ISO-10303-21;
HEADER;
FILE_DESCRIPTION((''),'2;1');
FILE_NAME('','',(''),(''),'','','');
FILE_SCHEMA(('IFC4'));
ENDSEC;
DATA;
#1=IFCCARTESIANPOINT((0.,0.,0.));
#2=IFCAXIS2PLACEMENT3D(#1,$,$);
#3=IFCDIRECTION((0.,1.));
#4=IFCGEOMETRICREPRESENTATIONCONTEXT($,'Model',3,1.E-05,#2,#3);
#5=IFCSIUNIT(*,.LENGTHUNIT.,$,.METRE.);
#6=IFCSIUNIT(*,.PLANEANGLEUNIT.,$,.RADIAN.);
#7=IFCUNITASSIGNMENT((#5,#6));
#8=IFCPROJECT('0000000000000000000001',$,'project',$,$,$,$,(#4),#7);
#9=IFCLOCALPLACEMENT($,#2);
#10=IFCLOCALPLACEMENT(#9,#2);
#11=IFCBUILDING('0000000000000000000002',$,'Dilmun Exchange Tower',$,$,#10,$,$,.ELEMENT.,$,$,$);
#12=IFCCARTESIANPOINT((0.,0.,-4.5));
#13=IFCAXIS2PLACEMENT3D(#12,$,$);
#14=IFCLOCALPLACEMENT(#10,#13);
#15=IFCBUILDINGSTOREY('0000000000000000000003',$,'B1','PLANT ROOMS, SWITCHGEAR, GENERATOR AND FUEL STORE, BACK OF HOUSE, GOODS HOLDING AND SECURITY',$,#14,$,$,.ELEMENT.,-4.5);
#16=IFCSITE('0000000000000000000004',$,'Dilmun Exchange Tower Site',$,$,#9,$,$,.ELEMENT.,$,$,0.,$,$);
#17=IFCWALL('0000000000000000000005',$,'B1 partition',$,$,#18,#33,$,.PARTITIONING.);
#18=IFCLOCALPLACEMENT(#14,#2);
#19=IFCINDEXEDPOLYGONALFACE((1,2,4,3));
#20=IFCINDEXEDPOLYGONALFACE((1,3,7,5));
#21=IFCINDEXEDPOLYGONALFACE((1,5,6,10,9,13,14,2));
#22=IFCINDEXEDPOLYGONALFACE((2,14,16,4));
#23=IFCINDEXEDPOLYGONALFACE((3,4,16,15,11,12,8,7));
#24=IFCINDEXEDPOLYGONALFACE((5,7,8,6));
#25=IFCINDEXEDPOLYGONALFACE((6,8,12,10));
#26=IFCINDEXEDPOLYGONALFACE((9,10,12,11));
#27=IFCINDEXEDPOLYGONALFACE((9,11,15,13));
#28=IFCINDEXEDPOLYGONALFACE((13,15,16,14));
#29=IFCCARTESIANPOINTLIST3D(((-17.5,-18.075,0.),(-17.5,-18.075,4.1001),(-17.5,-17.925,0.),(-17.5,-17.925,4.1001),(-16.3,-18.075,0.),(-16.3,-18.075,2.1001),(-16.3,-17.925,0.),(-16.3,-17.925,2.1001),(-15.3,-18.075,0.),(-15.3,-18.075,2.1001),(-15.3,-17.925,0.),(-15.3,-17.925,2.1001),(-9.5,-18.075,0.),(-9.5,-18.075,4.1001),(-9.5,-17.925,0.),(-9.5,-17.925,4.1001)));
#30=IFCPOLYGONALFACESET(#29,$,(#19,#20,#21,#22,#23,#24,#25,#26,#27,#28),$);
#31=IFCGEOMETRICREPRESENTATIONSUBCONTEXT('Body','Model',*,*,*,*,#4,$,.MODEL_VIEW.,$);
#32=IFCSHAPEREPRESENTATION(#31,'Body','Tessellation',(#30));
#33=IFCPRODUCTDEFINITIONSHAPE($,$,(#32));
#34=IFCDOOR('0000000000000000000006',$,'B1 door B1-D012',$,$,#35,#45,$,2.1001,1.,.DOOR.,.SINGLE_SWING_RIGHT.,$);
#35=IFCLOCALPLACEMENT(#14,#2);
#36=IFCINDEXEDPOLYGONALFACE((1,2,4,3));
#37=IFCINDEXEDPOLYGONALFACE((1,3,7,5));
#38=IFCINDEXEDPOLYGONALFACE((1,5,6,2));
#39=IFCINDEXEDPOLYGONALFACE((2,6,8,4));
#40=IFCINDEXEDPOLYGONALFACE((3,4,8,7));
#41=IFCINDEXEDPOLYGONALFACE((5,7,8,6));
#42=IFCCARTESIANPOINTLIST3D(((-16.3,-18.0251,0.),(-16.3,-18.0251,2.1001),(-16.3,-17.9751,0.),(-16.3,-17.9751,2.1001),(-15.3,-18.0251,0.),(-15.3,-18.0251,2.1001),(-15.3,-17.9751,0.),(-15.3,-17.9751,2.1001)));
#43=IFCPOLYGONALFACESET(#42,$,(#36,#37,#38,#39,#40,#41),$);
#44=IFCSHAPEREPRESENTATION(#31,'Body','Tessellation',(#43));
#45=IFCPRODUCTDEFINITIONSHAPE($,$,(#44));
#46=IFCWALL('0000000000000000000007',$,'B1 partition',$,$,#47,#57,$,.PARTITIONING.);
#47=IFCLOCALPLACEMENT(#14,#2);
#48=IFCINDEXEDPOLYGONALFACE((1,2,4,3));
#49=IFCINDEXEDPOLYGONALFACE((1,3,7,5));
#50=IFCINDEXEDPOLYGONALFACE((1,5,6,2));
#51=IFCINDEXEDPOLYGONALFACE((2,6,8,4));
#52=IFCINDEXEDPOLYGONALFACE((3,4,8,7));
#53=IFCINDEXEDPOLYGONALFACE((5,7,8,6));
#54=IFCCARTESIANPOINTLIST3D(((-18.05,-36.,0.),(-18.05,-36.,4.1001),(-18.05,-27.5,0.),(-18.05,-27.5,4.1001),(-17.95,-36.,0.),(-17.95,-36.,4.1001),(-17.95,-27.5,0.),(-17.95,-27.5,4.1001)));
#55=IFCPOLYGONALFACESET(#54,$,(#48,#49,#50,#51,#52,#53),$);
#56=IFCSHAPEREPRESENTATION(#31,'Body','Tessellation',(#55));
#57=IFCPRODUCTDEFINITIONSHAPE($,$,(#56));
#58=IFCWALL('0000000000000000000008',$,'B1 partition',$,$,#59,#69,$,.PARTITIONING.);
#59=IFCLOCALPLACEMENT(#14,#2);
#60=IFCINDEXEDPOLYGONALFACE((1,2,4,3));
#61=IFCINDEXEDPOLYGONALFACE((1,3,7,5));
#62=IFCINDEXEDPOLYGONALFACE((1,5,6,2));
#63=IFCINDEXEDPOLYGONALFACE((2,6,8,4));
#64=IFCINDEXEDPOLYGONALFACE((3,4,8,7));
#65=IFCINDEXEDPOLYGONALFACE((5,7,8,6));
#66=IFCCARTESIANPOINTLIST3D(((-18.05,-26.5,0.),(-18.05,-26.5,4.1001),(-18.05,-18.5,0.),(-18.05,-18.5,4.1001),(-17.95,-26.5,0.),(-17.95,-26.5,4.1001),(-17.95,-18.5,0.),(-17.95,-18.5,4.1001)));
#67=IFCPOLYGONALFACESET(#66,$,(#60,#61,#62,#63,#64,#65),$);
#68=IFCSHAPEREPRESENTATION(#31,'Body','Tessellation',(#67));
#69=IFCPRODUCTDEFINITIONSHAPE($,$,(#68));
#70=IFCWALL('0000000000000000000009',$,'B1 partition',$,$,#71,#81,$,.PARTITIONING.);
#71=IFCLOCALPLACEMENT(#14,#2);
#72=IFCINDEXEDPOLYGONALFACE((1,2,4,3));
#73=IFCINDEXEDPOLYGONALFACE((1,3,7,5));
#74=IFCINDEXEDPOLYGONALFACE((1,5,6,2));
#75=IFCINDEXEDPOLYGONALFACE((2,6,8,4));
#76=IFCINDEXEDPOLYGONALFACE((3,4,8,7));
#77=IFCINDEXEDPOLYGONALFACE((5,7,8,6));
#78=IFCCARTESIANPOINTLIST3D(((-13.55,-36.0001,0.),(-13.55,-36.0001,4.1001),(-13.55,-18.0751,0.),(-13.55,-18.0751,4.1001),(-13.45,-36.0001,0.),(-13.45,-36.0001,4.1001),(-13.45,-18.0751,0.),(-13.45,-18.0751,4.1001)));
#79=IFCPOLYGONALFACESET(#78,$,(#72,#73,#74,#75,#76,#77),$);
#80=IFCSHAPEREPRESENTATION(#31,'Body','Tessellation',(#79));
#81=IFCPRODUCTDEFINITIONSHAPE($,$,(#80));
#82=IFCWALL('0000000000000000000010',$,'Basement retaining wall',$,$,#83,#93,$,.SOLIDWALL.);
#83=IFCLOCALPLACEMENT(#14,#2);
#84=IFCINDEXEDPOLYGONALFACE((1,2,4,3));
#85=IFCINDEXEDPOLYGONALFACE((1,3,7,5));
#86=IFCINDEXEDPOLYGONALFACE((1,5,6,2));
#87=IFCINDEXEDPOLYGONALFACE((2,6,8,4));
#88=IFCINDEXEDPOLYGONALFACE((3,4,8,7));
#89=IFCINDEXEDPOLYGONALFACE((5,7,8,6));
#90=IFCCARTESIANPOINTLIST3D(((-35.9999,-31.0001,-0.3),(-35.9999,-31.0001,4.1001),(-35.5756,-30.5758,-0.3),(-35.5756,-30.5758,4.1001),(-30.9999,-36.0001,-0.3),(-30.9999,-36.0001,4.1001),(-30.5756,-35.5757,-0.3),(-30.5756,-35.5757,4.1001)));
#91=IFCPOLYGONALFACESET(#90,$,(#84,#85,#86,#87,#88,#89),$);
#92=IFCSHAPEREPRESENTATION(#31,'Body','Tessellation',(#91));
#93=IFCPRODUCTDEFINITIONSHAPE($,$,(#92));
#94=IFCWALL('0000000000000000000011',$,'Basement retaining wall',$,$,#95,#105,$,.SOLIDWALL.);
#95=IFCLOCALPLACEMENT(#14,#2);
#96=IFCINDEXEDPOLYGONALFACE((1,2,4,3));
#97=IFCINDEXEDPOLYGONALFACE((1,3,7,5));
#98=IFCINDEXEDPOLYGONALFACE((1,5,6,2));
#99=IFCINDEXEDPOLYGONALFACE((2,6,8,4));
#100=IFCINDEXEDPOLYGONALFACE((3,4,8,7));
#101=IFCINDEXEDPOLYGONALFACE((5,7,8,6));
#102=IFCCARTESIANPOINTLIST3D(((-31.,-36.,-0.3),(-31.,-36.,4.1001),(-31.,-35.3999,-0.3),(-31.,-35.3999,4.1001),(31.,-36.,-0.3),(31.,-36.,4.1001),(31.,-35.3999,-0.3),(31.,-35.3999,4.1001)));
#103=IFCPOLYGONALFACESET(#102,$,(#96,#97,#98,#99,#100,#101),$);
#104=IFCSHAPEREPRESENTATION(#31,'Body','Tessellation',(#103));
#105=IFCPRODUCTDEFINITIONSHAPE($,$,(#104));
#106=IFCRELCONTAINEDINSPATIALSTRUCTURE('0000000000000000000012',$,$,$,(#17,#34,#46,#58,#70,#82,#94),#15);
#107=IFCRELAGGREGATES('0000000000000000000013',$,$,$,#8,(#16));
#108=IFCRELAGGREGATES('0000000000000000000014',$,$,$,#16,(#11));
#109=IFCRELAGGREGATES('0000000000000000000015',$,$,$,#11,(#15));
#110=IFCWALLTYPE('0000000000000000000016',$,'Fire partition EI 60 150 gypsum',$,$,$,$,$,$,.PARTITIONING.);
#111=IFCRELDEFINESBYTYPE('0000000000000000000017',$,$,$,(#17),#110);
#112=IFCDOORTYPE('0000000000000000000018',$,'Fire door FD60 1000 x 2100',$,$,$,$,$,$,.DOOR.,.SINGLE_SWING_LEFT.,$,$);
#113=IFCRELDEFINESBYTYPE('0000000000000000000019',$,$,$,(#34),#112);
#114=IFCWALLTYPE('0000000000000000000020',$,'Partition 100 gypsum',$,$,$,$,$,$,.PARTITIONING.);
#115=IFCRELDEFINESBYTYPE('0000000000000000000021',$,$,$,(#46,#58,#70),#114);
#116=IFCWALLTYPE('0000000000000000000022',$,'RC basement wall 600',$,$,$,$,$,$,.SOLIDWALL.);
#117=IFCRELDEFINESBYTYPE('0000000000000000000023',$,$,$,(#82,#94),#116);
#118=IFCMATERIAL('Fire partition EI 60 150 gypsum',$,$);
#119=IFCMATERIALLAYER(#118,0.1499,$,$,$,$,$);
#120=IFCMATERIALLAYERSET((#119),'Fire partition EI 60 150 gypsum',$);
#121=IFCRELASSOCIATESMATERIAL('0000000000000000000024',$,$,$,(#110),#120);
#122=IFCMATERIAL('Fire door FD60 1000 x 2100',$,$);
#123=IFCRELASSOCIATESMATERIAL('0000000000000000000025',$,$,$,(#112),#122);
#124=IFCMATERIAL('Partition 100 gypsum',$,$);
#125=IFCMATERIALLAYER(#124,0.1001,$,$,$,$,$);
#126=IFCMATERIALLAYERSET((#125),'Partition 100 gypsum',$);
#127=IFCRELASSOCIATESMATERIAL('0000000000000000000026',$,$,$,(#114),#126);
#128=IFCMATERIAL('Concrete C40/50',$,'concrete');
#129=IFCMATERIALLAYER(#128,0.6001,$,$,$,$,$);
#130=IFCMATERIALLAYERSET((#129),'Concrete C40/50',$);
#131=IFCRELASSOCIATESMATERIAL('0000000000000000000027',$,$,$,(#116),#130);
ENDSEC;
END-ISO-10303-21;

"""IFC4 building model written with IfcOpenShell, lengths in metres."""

from ifc_helpers import new_model, si_unit, direction, frame, frame_2d, origin, place, context, subcontext, project, spatial, rectangle, extrude, material, layer, layer_set, type_object, element, fill, save


model = new_model("IFC4")

# Units and contexts
model_context = context("Model", 3, precision=1e-05, world=origin(), true_north=direction((0.0, 1.0)))
body_context = subcontext(model_context, "Body", "Model", "MODEL_VIEW")
ifc_project = project(units=[si_unit("LENGTHUNIT", "METRE"), si_unit("PLANEANGLEUNIT", "RADIAN")], contexts=[model_context])

# Site, building, storey
site_placement = place(None, origin())
site = spatial("IfcSite", under=ifc_project, at=site_placement, Name="Dilmun Exchange Tower Site", CompositionType="ELEMENT", RefElevation=0.0)
building_placement = place(site_placement, origin())
building = spatial("IfcBuilding", under=site, at=building_placement, Name="Dilmun Exchange Tower", CompositionType="ELEMENT")
storey_placement = place(building_placement, frame((0.0, 0.0, -4.5)))
storey = spatial("IfcBuildingStorey", under=building, at=storey_placement, Name="B1", Description="PLANT ROOMS, SWITCHGEAR, GENERATOR AND FUEL STORE, BACK OF HOUSE, GOODS HOLDING AND SECURITY", CompositionType="ELEMENT", Elevation=-4.5)

# Shared definitions
ifc_material_1 = material(Name="Fire partition EI 60 150 gypsum")
ifc_layer_1 = layer(ifc_material_1, 0.1499)
ifc_layer_set_1 = layer_set([ifc_layer_1], Name="Fire partition EI 60 150 gypsum")
wall_type_1 = type_object("IfcWallType", Name="Fire partition EI 60 150 gypsum", PredefinedType="PARTITIONING", material=ifc_layer_set_1)
ifc_material_2 = material(Name="Fire door FD60 1000 x 2100")
door_type = type_object("IfcDoorType", Name="Fire door FD60 1000 x 2100", OperationType="SINGLE_SWING_LEFT", PredefinedType="DOOR", material=ifc_material_2)

# Wall, opening, door
wall_1_placement = place(storey_placement, frame((-17.5, -18.0, 0.0), z_axis=(0.0, 0.0, 1.0), x_axis=(1.0, 0.0, 0.0)))
wall_1 = element("IfcWall", 1, at=wall_1_placement, inside=storey, type_object=wall_type_1, Name="B1 partition", PredefinedType="PARTITIONING", context=body_context, shape_type="SweptSolid", body=[
    extrude(rectangle(XDim=8.0, YDim=0.1499, at=frame_2d((4.0, 0.0))), origin(), (0.0, 0.0, 1.0), 4.1001),
])
opening_1_placement = place(wall_1_placement, frame((1.2, 0.0, 0.0)))
opening_1 = element("IfcOpeningElement", 2, at=opening_1_placement, cuts=wall_1, PredefinedType="OPENING", context=body_context, shape_type="SweptSolid", body=[
    extrude(rectangle(XDim=1.0, YDim=2.1001, at=frame_2d((0.5, 1.05))), frame((0.0, 0.085, 0.0), z_axis=(0.0, -1.0, 0.0), x_axis=(1.0, 0.0, 0.0)), (0.0, 0.0, 1.0), 0.1699),
])
door_1_placement = place(opening_1_placement, origin())
door_1 = element("IfcDoor", 3, at=door_1_placement, inside=storey, type_object=door_type, Name="B1 door B1-D012", OperationType="SINGLE_SWING_RIGHT", OverallHeight=2.1001, OverallWidth=1.0, PredefinedType="DOOR", context=body_context, shape_type="SweptSolid", body=[
    extrude(rectangle(XDim=1.0, YDim=2.1001, at=frame_2d((0.5, 1.05))), frame((0.0, 0.0249, 0.0), z_axis=(0.0, -1.0, 0.0), x_axis=(1.0, 0.0, 0.0)), (0.0, 0.0, 1.0), 0.05),
])
fill(opening_1, door_1)

# Walls
ifc_material_3 = material(Name="Partition 100 gypsum")
ifc_layer_2 = layer(ifc_material_3, 0.1001)
ifc_layer_set_2 = layer_set([ifc_layer_2], Name="Partition 100 gypsum")
wall_type_2 = type_object("IfcWallType", Name="Partition 100 gypsum", PredefinedType="PARTITIONING", material=ifc_layer_set_2)
wall_2_placement = place(storey_placement, frame((-18.0, -36.0, 0.0), z_axis=(0.0, 0.0, 1.0), x_axis=(0.0, 1.0, 0.0)))
element("IfcWall", 4, at=wall_2_placement, inside=storey, type_object=wall_type_2, Name="B1 partition", PredefinedType="PARTITIONING", context=body_context, shape_type="SweptSolid", body=[
    extrude(rectangle(XDim=8.5, YDim=0.1001, at=frame_2d((4.25, 0.0))), origin(), (0.0, 0.0, 1.0), 4.1001),
])
wall_3_placement = place(storey_placement, frame((-18.0, -26.5, 0.0), z_axis=(0.0, 0.0, 1.0), x_axis=(0.0, 1.0, 0.0)))
element("IfcWall", 5, at=wall_3_placement, inside=storey, type_object=wall_type_2, Name="B1 partition", PredefinedType="PARTITIONING", context=body_context, shape_type="SweptSolid", body=[
    extrude(rectangle(XDim=8.0, YDim=0.1001, at=frame_2d((4.0, 0.0))), origin(), (0.0, 0.0, 1.0), 4.1001),
])
wall_4_placement = place(storey_placement, frame((-13.5, -36.0, 0.0), z_axis=(0.0, 0.0, 1.0), x_axis=(0.0, 1.0, 0.0)))
element("IfcWall", 6, at=wall_4_placement, inside=storey, type_object=wall_type_2, Name="B1 partition", PredefinedType="PARTITIONING", context=body_context, shape_type="SweptSolid", body=[
    extrude(rectangle(XDim=17.925, YDim=0.1001, at=frame_2d((8.9624, 0.0))), origin(), (0.0, 0.0, 1.0), 4.1001),
])
ifc_material_4 = material(Name="Concrete C40/50", Category="concrete")
ifc_layer_3 = layer(ifc_material_4, 0.6001)
ifc_layer_set_3 = layer_set([ifc_layer_3], Name="Concrete C40/50")
wall_type_3 = type_object("IfcWallType", Name="RC basement wall 600", PredefinedType="SOLIDWALL", material=ifc_layer_set_3)
wall_5_placement = place(storey_placement, frame((-35.7878, -30.7878, -0.3), z_axis=(0.0, 0.0, 1.0), x_axis=(0.707107, -0.707107, 0.0)))
element("IfcWall", 7, at=wall_5_placement, inside=storey, type_object=wall_type_3, Name="Basement retaining wall", PredefinedType="SOLIDWALL", context=body_context, shape_type="SweptSolid", body=[
    extrude(rectangle(XDim=7.071, YDim=0.6001, at=frame_2d((3.5356, 0.0))), origin(), (0.0, 0.0, 1.0), 4.4001),
])
wall_6_placement = place(storey_placement, frame((-31.0, -35.7, -0.3), z_axis=(0.0, 0.0, 1.0), x_axis=(1.0, 0.0, 0.0)))
element("IfcWall", 8, at=wall_6_placement, inside=storey, type_object=wall_type_3, Name="Basement retaining wall", PredefinedType="SOLIDWALL", context=body_context, shape_type="SweptSolid", body=[
    extrude(rectangle(XDim=62.0, YDim=0.6001, at=frame_2d((31.0, 0.0))), origin(), (0.0, 0.0, 1.0), 4.4001),
])

save(model, "model.ifc")
